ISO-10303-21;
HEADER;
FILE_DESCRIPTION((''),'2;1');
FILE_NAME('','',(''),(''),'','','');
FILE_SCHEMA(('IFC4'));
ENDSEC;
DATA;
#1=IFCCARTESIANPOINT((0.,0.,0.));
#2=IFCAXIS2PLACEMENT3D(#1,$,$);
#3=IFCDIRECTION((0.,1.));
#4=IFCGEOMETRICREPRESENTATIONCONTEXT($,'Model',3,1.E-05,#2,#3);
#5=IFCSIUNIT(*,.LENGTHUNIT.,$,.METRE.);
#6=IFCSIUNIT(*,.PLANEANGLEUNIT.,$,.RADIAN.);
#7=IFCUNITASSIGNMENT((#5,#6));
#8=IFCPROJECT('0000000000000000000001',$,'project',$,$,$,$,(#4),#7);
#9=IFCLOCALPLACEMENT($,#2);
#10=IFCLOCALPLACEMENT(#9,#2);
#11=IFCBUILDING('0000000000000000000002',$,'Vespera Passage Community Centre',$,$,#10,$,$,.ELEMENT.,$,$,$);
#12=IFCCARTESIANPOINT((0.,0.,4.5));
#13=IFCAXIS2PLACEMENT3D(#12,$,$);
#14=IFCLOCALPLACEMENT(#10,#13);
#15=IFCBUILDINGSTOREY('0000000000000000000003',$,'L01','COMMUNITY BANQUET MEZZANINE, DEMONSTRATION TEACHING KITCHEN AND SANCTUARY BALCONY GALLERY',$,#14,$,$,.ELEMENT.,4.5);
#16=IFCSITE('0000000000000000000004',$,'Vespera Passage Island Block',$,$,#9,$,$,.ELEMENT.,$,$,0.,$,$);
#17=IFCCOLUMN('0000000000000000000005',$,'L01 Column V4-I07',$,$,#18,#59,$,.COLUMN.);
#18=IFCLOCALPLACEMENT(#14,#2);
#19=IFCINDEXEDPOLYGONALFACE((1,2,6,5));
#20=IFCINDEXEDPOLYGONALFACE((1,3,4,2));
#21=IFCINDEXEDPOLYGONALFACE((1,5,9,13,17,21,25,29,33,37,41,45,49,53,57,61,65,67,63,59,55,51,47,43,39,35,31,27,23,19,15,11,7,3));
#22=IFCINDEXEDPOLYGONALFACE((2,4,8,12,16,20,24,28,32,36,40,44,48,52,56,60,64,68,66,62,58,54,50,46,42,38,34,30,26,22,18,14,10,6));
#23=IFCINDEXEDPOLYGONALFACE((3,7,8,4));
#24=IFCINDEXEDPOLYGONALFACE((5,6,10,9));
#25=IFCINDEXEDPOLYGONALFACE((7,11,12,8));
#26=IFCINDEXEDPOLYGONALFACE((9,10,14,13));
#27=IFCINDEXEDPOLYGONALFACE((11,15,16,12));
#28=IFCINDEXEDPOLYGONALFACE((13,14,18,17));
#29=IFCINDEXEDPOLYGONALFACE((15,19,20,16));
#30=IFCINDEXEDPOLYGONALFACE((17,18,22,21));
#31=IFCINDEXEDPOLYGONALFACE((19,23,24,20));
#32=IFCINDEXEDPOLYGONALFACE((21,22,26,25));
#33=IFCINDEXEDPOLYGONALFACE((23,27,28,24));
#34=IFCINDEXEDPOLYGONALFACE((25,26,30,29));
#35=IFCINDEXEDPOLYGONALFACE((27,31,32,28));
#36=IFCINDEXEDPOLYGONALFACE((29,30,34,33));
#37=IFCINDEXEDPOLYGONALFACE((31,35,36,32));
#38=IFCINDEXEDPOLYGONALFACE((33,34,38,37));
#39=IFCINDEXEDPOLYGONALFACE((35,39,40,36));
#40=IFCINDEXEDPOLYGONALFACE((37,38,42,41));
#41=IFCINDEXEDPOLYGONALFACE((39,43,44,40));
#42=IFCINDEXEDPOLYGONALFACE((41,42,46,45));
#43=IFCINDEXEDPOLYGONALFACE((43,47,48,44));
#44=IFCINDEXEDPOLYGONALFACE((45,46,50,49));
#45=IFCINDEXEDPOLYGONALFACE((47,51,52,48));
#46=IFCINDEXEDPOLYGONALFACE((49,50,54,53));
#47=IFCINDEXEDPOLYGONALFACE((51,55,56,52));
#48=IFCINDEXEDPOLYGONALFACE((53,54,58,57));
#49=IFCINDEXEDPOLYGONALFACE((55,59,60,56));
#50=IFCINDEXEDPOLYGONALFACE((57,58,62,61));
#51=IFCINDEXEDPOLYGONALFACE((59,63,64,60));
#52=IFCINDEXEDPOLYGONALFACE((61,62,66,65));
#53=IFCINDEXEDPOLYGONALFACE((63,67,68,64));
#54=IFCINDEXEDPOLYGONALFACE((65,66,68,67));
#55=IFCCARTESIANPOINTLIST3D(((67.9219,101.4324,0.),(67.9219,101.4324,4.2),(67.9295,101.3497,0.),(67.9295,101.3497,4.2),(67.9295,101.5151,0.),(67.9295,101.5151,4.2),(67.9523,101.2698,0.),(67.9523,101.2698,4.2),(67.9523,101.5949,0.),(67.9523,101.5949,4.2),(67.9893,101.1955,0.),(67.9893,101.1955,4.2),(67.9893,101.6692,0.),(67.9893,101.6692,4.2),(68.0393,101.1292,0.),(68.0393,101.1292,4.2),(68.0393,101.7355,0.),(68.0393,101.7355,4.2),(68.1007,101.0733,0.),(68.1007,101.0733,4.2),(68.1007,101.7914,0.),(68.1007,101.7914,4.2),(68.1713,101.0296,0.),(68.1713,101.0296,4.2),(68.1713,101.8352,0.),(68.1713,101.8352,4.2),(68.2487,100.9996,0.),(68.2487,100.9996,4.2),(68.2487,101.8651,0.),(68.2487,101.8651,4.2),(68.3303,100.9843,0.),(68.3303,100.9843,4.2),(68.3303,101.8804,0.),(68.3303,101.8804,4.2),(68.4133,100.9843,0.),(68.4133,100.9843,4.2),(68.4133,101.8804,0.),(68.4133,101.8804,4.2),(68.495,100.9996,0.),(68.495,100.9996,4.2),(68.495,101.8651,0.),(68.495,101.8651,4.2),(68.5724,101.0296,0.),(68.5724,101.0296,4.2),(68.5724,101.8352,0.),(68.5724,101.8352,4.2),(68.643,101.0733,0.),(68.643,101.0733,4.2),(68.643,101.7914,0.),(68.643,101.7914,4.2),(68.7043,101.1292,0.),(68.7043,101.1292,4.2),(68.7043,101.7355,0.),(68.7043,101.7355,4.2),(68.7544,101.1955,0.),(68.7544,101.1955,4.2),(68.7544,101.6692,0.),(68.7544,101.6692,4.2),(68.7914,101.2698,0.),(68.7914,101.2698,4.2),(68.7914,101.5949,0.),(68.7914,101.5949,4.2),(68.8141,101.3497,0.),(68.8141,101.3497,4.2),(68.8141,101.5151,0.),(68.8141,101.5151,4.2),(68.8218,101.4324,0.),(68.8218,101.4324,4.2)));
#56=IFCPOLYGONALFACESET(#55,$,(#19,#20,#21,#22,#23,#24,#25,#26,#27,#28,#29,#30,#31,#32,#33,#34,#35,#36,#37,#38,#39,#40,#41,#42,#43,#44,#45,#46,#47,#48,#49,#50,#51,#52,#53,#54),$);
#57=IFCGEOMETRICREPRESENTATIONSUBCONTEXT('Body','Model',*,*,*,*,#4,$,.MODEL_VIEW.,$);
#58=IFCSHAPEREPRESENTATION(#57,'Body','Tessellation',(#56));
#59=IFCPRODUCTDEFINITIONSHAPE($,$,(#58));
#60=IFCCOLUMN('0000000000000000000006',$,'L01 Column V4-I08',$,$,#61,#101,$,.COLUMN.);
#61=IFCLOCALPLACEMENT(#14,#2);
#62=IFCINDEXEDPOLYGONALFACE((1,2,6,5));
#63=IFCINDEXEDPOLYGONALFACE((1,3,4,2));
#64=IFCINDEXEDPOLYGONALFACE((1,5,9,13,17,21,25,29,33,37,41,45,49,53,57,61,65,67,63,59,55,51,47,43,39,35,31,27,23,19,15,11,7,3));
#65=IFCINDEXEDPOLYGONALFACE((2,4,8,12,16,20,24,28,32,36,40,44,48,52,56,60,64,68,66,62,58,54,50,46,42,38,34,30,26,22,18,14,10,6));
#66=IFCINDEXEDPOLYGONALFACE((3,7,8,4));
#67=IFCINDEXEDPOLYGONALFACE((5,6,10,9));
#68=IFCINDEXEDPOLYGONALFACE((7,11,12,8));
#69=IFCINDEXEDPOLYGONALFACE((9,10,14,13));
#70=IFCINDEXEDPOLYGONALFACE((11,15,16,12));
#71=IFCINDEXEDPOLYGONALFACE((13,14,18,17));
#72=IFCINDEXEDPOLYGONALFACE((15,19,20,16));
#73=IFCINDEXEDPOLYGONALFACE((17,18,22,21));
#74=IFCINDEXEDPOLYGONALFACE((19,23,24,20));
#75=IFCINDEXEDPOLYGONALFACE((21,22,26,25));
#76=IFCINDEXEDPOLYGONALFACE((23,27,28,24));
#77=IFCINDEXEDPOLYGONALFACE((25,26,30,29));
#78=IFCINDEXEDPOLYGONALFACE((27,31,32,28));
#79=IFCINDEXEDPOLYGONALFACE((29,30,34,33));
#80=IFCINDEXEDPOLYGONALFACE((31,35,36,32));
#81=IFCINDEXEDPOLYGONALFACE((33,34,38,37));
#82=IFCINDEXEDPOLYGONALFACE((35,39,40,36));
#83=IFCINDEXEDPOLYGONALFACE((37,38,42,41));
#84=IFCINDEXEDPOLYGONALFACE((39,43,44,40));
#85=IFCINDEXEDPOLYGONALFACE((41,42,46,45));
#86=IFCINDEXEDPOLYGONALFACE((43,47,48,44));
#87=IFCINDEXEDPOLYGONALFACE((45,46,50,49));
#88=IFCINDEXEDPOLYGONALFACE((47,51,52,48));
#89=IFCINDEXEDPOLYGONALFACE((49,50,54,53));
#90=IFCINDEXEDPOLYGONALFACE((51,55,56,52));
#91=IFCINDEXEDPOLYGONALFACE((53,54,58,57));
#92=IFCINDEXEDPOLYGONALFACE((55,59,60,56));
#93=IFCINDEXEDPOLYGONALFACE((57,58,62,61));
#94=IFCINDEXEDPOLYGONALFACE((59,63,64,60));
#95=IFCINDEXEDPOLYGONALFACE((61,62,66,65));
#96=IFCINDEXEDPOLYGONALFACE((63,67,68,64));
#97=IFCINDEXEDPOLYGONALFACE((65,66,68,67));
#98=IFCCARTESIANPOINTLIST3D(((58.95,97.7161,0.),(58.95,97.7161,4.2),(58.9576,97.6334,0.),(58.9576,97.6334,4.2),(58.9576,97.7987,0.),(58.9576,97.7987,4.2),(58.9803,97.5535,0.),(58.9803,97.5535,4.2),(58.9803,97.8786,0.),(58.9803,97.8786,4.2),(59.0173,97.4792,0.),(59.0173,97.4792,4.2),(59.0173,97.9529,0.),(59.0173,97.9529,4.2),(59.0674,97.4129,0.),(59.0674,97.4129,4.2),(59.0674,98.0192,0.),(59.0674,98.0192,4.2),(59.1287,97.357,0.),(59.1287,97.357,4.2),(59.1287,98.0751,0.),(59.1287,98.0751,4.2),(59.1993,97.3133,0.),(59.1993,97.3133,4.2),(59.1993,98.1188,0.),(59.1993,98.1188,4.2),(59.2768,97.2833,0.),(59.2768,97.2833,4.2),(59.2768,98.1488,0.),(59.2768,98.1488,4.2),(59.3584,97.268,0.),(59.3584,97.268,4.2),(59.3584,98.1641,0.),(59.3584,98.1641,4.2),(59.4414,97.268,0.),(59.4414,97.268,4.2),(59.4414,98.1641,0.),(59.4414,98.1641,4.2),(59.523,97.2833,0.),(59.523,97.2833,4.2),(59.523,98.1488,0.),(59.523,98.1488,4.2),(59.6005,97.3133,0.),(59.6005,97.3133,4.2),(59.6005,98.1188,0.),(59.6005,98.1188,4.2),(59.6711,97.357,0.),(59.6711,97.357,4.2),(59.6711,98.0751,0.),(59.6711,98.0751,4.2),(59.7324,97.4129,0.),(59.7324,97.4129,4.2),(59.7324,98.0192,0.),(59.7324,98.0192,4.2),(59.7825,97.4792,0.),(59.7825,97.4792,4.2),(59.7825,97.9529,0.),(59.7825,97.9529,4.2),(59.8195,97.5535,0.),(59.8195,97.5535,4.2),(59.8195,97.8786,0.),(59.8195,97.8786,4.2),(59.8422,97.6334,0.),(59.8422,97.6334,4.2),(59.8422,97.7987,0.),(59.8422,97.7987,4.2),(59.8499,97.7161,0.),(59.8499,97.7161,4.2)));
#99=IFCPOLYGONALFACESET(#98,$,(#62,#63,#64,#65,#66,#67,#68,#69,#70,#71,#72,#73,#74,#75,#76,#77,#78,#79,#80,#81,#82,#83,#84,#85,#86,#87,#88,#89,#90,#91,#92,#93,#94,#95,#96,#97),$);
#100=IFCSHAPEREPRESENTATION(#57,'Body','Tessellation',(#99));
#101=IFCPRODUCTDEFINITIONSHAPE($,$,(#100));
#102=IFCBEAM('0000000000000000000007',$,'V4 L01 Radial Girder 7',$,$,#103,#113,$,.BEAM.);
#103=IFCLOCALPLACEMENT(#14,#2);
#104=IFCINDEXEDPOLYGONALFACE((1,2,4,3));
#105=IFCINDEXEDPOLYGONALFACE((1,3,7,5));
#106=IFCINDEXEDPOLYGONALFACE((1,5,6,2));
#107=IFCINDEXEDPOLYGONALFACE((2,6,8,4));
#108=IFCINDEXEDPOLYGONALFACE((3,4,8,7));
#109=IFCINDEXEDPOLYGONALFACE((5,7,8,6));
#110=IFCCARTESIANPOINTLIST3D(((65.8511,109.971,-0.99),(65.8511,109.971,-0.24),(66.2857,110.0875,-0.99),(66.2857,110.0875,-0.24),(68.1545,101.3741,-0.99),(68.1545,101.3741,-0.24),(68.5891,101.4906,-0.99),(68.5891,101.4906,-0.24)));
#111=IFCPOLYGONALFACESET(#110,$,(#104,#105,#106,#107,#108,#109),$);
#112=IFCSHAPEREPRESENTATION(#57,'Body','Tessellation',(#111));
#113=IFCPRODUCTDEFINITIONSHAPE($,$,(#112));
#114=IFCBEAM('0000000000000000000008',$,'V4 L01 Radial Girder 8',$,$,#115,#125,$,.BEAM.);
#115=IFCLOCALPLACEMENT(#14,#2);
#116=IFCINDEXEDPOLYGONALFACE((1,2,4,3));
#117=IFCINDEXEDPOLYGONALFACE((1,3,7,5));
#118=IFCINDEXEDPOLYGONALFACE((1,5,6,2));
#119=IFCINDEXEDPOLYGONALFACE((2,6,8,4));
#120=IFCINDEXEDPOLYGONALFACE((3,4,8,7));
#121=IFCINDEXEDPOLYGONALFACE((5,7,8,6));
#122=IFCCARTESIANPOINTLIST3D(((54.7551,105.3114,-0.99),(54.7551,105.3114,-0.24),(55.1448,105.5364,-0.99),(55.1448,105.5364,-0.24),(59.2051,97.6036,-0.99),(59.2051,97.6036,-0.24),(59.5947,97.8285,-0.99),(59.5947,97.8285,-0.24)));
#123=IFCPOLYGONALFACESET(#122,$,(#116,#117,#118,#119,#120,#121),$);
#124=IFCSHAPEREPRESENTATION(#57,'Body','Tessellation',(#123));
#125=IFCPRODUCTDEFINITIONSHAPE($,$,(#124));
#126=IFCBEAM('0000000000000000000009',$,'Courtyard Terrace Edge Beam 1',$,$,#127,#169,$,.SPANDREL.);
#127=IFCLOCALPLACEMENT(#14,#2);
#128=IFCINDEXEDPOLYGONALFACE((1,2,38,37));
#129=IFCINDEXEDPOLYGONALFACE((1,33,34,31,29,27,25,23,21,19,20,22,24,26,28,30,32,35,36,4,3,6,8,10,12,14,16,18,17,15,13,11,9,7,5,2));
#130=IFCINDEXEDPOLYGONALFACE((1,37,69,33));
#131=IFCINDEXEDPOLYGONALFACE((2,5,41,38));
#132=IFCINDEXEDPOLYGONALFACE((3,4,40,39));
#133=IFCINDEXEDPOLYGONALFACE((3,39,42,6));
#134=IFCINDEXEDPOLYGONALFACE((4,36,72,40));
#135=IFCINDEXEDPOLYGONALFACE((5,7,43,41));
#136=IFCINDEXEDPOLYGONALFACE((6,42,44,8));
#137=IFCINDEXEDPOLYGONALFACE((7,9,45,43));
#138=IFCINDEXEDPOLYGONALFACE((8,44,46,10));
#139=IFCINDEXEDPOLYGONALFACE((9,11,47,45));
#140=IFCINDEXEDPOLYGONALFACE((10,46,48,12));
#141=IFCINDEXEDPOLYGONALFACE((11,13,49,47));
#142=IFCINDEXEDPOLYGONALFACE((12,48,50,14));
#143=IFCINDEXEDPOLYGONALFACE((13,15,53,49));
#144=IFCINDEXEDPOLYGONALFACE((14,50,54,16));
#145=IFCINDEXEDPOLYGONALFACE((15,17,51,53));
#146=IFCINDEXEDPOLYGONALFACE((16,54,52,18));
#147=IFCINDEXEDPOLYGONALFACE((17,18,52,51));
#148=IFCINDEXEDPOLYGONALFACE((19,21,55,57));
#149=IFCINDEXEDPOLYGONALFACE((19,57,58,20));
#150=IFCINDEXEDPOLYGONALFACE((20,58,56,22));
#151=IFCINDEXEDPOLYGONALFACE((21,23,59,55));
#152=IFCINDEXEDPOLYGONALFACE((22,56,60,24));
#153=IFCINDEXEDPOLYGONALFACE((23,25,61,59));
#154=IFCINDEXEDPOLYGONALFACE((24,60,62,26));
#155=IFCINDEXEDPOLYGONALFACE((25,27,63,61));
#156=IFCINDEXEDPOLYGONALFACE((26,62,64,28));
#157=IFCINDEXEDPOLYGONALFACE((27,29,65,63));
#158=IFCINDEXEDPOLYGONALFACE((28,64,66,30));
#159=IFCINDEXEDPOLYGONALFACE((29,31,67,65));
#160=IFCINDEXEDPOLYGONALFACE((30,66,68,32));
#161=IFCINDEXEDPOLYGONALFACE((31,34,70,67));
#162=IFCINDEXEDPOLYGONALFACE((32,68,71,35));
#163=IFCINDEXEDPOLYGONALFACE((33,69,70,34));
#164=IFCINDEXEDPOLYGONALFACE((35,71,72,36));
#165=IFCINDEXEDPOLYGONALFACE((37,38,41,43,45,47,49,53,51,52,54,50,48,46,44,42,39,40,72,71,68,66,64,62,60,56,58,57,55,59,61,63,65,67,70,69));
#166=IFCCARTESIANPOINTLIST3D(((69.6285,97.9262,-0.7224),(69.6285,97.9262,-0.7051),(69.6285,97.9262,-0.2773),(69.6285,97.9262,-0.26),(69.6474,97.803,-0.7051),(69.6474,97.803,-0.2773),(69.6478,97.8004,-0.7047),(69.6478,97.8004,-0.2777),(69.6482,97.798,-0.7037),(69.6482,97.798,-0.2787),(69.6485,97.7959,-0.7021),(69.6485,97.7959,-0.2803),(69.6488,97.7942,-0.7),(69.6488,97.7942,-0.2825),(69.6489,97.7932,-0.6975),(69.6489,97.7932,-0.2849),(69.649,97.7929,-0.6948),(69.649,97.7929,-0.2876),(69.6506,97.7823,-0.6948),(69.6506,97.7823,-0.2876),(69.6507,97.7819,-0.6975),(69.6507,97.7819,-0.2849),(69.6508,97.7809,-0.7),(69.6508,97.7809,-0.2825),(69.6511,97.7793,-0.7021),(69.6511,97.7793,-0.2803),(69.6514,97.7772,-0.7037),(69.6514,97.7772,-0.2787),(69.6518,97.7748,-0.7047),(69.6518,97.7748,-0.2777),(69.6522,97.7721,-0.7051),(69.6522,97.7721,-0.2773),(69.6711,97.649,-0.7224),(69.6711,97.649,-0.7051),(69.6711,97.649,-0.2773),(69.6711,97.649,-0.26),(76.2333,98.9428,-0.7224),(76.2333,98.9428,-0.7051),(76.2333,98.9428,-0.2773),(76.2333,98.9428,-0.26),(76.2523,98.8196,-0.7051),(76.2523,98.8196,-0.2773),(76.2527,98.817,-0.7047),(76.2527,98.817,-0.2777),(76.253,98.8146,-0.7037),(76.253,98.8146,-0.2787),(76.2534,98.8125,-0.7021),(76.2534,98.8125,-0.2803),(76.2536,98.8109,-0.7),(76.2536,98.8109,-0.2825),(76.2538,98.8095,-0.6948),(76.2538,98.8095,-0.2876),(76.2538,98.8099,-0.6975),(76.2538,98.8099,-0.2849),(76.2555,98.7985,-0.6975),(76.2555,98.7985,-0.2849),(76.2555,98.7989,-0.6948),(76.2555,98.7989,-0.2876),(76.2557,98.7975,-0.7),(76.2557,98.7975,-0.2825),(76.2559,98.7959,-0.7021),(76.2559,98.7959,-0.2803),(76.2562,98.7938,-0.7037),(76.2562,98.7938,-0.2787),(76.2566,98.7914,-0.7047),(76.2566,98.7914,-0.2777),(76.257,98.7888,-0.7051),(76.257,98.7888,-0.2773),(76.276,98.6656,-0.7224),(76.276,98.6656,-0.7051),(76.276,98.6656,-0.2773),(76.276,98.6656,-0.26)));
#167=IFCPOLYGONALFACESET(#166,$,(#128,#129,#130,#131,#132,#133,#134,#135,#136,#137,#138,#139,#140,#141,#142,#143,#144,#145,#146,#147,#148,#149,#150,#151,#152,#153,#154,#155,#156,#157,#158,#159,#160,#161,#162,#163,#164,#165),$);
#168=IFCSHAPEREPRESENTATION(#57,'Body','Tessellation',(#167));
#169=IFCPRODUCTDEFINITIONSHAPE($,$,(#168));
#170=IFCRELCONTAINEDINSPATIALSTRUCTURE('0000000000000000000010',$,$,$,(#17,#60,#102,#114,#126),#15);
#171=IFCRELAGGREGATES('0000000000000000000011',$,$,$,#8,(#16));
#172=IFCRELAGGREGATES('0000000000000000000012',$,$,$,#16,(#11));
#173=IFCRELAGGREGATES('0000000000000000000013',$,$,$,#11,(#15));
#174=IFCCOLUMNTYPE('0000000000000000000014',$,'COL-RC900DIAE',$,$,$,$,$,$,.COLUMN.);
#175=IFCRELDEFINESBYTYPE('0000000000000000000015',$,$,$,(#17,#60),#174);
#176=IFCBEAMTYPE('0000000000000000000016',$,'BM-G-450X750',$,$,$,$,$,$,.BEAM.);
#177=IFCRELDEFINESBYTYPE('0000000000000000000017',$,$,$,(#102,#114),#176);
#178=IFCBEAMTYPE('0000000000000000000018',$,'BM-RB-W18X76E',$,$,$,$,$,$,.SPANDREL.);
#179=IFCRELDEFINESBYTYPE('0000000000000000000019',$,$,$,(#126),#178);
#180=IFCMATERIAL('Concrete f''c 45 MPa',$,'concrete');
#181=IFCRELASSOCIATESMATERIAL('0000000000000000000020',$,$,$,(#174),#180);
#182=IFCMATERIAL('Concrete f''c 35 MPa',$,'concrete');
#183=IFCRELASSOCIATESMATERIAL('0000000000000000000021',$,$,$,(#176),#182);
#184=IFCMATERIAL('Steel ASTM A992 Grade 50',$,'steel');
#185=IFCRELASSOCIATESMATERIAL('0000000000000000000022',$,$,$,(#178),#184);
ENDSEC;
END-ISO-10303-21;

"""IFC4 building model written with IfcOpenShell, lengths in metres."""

from ifc_helpers import new_model, si_unit, direction, frame, origin, origin_2d, place, context, subcontext, project, spatial, rectangle, circle, i_section, extrude, material, material_profile, profile_set, type_object, element, save


model = new_model("IFC4")

# Units and contexts
model_context = context("Model", 3, precision=1e-05, world=origin(), true_north=direction((0.0, 1.0)))
body_context = subcontext(model_context, "Body", "Model", "MODEL_VIEW")
ifc_project = project(units=[si_unit("LENGTHUNIT", "METRE"), si_unit("PLANEANGLEUNIT", "RADIAN")], contexts=[model_context])

# Site, building, storey
site_placement = place(None, origin())
site = spatial("IfcSite", under=ifc_project, at=site_placement, Name="Vespera Passage Island Block", CompositionType="ELEMENT", RefElevation=0.0)
building_placement = place(site_placement, origin())
building = spatial("IfcBuilding", under=site, at=building_placement, Name="Vespera Passage Community Centre", CompositionType="ELEMENT")
storey_placement = place(building_placement, frame((0.0, 0.0, 4.5)))
storey = spatial("IfcBuildingStorey", under=building, at=storey_placement, Name="L01", Description="COMMUNITY BANQUET MEZZANINE, DEMONSTRATION TEACHING KITCHEN AND SANCTUARY BALCONY GALLERY", CompositionType="ELEMENT", Elevation=4.5)

# Columns
ifc_material_1 = material(Name="Concrete f'c 45 MPa", Category="concrete")
ifc_material_profile_1 = material_profile(ifc_material_1, circle(Radius=0.45, at=origin_2d()), Name="RC900DIA")
ifc_profile_set_1 = profile_set([ifc_material_profile_1], Name="Concrete f'c 45 MPa")
column_type = type_object("IfcColumnType", Name="COL-RC900DIAE", PredefinedType="COLUMN", material=ifc_profile_set_1)
for number, where, z_axis, x_axis, name in (
    (1, (68.3718, 101.4324, 0.0), (0.0, 0.0, 1.0), (1.0, 0.0, 0.0), "L01 Column V4-I07"),
    (2, (59.3999, 97.7161, 0.0), (0.0, 0.0, 1.0), (1.0, 0.0, 0.0), "L01 Column V4-I08"),
):
    element("IfcColumn", number, at=place(storey_placement, frame(where, z_axis=z_axis, x_axis=x_axis)), inside=storey, type_object=column_type, Name=name, PredefinedType="COLUMN", context=body_context, shape_type="SweptSolid", body=[
        extrude(circle(Radius=0.45, at=origin_2d()), origin(), (0.0, 0.0, 1.0), 4.2),
    ])

# Beams
ifc_material_2 = material(Name="Concrete f'c 35 MPa", Category="concrete")
ifc_material_profile_2 = material_profile(ifc_material_2, rectangle(XDim=0.45, YDim=0.75, at=origin_2d()), Name="RC450X750")
ifc_profile_set_2 = profile_set([ifc_material_profile_2], Name="Concrete f'c 35 MPa")
beam_type_1 = type_object("IfcBeamType", Name="BM-G-450X750", PredefinedType="BEAM", material=ifc_profile_set_2)
for number, where, z_axis, x_axis, name in (
    (3, (68.3718, 101.4324, -0.615), (-0.258811, 0.965928, 0.0), (-0.965928, -0.258811, 0.0), "V4 L01 Radial Girder 7"),
    (4, (59.3999, 97.7161, -0.615), (-0.499989, 0.866032, 0.0), (-0.866032, -0.499989, 0.0), "V4 L01 Radial Girder 8"),
):
    element("IfcBeam", number, at=place(storey_placement, frame(where, z_axis=z_axis, x_axis=x_axis)), inside=storey, type_object=beam_type_1, Name=name, PredefinedType="BEAM", context=body_context, shape_type="SweptSolid", body=[
        extrude(rectangle(XDim=0.45, YDim=0.75, at=origin_2d()), origin(), (0.0, 0.0, 1.0), 8.9001),
    ])
ifc_material_3 = material(Name="Steel ASTM A992 Grade 50", Category="steel")
ifc_material_profile_3 = material_profile(ifc_material_3, i_section(OverallWidth=0.2805, OverallDepth=0.4624, WebThickness=0.0107, FlangeThickness=0.0173, FilletRadius=0.0103, at=origin_2d()), Name="W18X76")
ifc_profile_set_3 = profile_set([ifc_material_profile_3], Name="Steel ASTM A992 Grade 50")
beam_type_2 = type_object("IfcBeamType", Name="BM-RB-W18X76E", PredefinedType="SPANDREL", material=ifc_profile_set_3)
beam_1_placement = place(storey_placement, frame((76.2546, 98.8042, -0.4912), z_axis=(-0.988361, -0.152129, 0.0), x_axis=(0.152129, -0.988361, 0.0)))
element("IfcBeam", 5, at=beam_1_placement, inside=storey, type_object=beam_type_2, Name="Courtyard Terrace Edge Beam 1", PredefinedType="SPANDREL", context=body_context, shape_type="SweptSolid", body=[
    extrude(i_section(OverallWidth=0.2805, OverallDepth=0.4624, WebThickness=0.0107, FlangeThickness=0.0173, FilletRadius=0.0103, at=origin_2d()), origin(), (0.0, 0.0, 1.0), 6.6826),
])

save(model, "model.ifc")
